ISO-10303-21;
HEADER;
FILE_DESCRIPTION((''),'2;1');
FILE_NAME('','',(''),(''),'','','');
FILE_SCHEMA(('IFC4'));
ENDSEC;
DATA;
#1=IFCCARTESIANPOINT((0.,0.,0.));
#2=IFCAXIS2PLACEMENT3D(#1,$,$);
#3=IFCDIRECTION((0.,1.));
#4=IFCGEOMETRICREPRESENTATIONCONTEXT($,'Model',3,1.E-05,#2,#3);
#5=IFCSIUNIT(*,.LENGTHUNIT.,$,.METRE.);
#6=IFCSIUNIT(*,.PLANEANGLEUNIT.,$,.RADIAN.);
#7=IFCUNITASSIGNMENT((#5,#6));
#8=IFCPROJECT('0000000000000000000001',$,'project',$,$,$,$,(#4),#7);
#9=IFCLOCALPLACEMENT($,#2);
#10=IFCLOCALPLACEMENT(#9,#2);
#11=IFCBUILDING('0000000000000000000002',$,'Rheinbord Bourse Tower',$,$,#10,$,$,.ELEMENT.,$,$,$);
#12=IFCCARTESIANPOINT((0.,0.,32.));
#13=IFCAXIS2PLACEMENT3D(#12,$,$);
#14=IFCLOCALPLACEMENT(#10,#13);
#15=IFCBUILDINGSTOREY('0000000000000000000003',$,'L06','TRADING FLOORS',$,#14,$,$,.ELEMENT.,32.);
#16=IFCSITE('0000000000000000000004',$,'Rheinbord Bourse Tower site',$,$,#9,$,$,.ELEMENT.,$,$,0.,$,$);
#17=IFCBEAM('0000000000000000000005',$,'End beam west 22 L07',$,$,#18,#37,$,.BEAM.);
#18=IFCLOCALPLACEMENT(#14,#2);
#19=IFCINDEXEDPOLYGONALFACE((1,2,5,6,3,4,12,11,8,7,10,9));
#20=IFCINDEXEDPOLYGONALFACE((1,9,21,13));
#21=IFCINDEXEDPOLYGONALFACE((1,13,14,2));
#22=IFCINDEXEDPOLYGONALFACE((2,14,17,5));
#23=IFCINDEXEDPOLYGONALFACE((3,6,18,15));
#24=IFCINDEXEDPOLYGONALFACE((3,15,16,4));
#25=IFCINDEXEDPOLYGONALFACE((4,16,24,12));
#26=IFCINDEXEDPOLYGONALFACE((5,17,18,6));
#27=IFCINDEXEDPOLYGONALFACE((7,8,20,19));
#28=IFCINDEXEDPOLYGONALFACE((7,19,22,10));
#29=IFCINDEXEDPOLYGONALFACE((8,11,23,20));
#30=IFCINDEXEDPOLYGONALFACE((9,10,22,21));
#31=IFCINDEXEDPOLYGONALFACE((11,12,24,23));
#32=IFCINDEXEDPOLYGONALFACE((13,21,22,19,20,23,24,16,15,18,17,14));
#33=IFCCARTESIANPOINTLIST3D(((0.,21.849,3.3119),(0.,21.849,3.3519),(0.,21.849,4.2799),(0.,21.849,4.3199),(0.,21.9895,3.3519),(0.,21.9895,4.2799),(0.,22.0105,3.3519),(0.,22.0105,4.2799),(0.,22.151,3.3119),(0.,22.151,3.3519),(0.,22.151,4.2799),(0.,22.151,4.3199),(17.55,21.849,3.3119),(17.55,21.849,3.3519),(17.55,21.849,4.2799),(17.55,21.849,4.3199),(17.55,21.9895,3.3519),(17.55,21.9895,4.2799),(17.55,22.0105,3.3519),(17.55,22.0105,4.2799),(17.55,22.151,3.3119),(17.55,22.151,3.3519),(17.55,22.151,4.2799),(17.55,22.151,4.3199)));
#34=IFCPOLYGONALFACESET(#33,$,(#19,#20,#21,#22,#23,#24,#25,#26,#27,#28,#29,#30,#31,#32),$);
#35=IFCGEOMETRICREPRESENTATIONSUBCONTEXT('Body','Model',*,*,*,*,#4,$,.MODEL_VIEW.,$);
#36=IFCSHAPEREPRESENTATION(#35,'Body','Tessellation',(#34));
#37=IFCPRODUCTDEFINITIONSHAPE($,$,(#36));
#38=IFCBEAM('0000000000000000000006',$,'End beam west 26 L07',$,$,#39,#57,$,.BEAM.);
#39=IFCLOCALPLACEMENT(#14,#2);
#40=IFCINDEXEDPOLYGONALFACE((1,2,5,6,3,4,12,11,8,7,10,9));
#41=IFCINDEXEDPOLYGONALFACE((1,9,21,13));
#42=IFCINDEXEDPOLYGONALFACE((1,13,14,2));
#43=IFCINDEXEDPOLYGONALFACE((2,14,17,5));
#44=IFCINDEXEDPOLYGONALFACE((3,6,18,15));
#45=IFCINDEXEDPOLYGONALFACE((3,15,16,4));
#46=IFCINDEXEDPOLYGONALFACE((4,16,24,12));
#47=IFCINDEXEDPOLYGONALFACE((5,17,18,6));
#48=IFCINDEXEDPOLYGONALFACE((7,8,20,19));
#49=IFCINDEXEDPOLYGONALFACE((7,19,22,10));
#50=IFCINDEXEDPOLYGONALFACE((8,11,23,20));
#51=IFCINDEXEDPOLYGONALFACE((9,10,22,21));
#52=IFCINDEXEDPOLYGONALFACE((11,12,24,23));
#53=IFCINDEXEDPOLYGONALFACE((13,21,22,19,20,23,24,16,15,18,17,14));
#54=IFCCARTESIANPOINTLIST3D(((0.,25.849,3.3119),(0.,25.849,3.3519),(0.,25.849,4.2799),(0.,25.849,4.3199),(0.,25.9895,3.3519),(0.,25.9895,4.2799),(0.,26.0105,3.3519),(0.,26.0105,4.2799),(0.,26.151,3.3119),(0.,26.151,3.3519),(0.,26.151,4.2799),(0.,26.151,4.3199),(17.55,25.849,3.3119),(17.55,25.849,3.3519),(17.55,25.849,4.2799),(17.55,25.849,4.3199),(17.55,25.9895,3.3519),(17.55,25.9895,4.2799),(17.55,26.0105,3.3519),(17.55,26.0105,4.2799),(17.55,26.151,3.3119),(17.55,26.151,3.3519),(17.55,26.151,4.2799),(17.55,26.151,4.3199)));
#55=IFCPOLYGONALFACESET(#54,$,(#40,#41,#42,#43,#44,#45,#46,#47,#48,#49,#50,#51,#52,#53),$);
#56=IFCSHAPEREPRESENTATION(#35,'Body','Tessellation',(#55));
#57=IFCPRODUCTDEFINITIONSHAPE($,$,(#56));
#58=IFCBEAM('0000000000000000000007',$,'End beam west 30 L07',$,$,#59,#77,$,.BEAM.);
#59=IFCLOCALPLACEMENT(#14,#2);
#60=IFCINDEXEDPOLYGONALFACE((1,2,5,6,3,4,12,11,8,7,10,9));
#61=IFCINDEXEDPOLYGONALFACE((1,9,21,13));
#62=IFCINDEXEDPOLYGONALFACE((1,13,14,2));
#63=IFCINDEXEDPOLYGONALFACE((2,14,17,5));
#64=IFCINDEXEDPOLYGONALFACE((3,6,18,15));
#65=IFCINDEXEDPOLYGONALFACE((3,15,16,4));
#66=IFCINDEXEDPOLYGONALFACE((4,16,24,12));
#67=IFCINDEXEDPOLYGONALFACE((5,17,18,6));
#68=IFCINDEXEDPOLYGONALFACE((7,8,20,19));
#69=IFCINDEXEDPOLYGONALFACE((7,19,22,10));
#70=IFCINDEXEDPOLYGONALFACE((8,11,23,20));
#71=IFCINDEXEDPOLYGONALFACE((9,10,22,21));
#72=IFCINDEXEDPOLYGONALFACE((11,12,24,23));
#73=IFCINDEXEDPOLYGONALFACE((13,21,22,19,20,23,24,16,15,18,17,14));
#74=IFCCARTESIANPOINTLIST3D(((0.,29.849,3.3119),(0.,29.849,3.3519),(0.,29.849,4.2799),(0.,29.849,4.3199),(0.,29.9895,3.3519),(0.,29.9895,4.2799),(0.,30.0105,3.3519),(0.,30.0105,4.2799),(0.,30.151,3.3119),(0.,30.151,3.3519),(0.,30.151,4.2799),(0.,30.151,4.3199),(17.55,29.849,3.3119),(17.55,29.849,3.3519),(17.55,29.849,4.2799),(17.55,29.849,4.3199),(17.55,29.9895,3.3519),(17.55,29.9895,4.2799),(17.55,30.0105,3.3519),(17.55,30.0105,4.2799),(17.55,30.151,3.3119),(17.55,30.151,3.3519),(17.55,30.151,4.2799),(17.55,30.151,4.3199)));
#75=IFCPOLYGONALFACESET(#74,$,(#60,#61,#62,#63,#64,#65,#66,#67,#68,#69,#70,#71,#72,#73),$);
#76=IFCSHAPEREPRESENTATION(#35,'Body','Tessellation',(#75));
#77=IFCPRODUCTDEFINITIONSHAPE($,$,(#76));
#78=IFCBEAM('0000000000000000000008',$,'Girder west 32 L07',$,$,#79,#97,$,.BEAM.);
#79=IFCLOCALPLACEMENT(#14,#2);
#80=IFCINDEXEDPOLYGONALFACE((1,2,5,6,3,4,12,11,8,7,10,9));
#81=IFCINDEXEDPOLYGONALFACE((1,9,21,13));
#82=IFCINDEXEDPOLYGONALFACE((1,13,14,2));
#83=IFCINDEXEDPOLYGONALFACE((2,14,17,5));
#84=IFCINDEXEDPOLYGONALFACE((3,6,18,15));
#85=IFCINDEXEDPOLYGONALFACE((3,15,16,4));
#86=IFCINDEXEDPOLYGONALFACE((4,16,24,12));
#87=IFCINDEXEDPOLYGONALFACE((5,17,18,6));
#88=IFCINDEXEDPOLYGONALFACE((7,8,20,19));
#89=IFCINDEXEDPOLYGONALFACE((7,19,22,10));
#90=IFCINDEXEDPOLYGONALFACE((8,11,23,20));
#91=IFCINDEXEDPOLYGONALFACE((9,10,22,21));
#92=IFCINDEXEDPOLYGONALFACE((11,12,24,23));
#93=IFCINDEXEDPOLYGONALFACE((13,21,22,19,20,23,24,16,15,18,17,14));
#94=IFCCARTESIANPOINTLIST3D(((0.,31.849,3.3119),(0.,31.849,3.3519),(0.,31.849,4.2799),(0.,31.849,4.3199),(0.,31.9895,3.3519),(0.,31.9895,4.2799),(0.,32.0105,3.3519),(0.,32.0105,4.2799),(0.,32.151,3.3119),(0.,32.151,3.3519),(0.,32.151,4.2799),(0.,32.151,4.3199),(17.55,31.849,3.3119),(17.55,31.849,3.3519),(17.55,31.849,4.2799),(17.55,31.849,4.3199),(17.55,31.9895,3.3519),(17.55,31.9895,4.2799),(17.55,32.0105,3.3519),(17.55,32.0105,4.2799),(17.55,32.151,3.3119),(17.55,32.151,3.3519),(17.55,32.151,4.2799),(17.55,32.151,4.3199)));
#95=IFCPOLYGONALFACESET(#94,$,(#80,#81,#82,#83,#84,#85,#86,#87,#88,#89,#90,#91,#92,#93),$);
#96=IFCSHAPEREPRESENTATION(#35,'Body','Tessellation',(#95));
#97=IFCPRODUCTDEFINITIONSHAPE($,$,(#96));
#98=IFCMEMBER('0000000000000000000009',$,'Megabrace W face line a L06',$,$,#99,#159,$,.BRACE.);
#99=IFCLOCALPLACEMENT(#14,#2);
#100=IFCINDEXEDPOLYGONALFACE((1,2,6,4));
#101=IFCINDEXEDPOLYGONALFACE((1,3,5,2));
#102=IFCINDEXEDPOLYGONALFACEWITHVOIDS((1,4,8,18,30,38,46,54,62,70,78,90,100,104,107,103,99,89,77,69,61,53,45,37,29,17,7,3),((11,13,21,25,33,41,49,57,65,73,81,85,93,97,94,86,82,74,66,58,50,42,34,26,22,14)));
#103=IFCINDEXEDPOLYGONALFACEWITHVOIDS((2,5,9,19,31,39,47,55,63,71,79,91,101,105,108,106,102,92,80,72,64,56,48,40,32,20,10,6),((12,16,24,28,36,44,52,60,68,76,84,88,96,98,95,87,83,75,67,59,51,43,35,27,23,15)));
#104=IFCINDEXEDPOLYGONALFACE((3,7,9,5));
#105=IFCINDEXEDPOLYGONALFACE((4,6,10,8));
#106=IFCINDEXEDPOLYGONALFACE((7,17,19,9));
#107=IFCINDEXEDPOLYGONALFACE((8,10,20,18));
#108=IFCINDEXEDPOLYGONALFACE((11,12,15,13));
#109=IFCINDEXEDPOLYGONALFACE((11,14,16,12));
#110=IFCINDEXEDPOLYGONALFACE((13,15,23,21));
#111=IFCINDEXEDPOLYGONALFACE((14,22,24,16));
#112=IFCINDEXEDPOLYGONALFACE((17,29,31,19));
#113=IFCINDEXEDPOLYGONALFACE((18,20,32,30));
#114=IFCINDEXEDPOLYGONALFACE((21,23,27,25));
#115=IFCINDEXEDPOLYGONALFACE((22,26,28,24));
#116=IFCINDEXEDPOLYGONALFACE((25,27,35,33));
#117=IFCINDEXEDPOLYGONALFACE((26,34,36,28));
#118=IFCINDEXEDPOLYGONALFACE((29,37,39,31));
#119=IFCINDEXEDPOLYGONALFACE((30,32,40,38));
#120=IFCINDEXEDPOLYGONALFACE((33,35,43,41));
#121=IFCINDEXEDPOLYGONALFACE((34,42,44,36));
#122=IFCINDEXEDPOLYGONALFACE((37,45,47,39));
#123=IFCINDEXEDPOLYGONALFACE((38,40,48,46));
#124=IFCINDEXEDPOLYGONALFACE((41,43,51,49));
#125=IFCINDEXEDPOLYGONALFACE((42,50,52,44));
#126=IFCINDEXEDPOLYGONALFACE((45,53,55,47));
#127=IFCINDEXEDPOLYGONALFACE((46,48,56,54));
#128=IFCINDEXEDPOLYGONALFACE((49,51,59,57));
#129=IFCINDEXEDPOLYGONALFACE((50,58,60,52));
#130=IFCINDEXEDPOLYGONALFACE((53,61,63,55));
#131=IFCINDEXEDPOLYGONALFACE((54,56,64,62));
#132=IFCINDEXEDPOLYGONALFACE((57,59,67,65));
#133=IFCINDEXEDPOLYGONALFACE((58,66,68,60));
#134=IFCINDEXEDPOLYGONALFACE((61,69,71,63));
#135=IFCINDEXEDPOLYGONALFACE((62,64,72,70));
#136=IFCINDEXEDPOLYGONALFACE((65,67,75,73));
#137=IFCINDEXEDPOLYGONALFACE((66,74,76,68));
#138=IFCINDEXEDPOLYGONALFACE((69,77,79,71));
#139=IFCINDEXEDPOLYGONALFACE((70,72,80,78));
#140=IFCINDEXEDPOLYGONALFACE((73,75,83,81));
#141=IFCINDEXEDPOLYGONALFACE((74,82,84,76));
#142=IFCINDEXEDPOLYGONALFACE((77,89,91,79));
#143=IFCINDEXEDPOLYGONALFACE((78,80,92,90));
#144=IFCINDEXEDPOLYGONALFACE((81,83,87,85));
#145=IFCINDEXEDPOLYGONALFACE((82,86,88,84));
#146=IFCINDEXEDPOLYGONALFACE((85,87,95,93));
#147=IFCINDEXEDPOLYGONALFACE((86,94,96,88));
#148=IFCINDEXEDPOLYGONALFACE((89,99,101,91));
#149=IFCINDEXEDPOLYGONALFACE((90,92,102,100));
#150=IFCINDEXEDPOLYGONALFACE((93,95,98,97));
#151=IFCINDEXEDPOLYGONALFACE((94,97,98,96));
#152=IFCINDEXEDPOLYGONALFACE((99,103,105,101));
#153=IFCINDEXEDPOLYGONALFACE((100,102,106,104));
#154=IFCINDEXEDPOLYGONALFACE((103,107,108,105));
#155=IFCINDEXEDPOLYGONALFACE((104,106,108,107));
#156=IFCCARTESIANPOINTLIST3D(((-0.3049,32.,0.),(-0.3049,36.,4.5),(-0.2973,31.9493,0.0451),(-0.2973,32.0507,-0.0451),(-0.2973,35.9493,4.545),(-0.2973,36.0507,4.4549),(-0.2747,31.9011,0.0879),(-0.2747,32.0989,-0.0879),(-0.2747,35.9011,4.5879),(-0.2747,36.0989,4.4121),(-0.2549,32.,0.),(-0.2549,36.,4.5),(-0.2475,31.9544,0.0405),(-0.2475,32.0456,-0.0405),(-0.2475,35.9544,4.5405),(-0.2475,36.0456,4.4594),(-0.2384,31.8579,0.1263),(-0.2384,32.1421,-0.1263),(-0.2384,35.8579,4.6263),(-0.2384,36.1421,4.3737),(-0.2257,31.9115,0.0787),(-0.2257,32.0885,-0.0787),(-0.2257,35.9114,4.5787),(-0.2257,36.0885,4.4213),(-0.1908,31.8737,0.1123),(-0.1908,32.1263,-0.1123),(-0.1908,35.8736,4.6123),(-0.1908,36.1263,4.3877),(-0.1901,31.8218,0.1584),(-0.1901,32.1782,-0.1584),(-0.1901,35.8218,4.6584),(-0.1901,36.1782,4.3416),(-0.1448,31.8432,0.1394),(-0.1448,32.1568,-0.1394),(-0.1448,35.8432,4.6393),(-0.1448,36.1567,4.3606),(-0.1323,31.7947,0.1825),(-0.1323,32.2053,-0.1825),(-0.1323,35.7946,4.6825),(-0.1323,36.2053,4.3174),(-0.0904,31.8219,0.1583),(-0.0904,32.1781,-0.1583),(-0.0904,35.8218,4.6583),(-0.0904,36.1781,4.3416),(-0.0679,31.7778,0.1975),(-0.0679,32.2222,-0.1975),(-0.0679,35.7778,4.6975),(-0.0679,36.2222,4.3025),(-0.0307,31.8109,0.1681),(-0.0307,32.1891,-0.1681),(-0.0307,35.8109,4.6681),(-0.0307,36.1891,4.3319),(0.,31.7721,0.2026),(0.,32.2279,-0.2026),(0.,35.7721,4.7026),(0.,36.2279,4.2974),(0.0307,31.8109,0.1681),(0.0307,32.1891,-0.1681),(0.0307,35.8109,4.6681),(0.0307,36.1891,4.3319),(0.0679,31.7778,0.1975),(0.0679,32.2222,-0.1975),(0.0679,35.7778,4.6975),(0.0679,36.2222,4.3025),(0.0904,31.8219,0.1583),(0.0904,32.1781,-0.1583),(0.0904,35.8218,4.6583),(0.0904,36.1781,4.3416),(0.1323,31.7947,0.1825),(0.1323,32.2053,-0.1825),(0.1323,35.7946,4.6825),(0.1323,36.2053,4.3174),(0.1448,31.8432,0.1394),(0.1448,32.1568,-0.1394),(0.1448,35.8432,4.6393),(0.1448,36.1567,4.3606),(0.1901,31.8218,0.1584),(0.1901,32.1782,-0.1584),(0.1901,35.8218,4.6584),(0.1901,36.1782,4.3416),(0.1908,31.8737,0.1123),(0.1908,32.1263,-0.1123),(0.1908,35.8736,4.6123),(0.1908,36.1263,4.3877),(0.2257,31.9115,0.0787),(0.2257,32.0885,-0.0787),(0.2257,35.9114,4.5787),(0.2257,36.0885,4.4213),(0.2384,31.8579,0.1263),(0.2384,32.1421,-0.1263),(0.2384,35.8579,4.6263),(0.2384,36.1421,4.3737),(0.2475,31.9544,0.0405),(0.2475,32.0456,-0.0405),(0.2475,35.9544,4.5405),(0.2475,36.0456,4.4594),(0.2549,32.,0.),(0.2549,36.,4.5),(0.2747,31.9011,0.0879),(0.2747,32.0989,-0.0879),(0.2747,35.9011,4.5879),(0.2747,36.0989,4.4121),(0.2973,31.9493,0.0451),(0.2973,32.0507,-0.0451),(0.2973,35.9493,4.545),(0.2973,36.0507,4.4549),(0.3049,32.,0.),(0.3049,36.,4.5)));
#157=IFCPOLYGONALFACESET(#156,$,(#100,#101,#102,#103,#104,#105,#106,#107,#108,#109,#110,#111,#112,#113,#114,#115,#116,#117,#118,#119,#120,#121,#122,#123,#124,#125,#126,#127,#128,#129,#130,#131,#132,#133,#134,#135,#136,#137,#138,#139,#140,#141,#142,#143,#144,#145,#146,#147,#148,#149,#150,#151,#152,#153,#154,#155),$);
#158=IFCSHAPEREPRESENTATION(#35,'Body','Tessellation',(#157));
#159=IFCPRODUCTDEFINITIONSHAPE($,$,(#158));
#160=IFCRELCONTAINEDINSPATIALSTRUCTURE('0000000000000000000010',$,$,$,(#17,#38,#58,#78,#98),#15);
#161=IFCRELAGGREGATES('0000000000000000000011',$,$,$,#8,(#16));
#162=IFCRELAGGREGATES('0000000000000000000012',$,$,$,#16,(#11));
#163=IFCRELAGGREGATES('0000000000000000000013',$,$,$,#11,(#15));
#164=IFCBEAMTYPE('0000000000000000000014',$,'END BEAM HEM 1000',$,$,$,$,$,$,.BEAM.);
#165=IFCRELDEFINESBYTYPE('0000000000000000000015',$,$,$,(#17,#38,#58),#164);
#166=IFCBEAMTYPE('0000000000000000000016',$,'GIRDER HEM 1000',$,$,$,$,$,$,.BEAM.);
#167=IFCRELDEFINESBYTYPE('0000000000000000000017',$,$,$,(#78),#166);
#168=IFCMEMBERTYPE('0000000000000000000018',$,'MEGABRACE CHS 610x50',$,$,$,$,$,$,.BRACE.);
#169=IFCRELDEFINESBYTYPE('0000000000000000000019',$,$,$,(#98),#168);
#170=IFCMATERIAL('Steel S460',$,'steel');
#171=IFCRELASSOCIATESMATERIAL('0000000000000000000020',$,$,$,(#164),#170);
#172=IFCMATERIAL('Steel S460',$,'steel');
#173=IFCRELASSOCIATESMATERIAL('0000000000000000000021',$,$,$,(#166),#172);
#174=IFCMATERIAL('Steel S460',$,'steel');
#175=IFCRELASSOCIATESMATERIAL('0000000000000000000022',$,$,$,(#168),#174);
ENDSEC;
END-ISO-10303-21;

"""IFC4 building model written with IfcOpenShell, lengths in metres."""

from ifc_helpers import new_model, si_unit, direction, frame, origin, origin_2d, place, context, subcontext, project, spatial, hollow_circle, i_section, extrude, material, material_profile, profile_set, type_object, element, save


model = new_model("IFC4")

# Units and contexts
model_context = context("Model", 3, precision=1e-05, world=origin(), true_north=direction((0.0, 1.0)))
body_context = subcontext(model_context, "Body", "Model", "MODEL_VIEW")
ifc_project = project(units=[si_unit("LENGTHUNIT", "METRE"), si_unit("PLANEANGLEUNIT", "RADIAN")], contexts=[model_context])

# Site, building, storey
site_placement = place(None, origin())
site = spatial("IfcSite", under=ifc_project, at=site_placement, Name="Rheinbord Bourse Tower site", CompositionType="ELEMENT", RefElevation=0.0)
building_placement = place(site_placement, origin())
building = spatial("IfcBuilding", under=site, at=building_placement, Name="Rheinbord Bourse Tower", CompositionType="ELEMENT")
storey_placement = place(building_placement, frame((0.0, 0.0, 32.0)))
storey = spatial("IfcBuildingStorey", under=building, at=storey_placement, Name="L06", Description="TRADING FLOORS", CompositionType="ELEMENT", Elevation=32.0)

# Beams
ifc_material_1 = material(Name="Steel S460", Category="steel")
ifc_material_profile_1 = material_profile(ifc_material_1, i_section(OverallWidth=0.302, OverallDepth=1.0081, WebThickness=0.021, FlangeThickness=0.04, at=origin_2d()), Name="HEM 1000")
ifc_profile_set_1 = profile_set([ifc_material_profile_1], Name="Steel S460")
beam_type_1 = type_object("IfcBeamType", Name="END BEAM HEM 1000", PredefinedType="BEAM", material=ifc_profile_set_1)
for number, where, z_axis, x_axis, name in (
    (1, (0.0, 22.0, 3.8159), (1.0, 0.0, 0.0), (0.0, 1.0, 0.0), "End beam west 22 L07"),
    (2, (0.0, 26.0, 3.8159), (1.0, 0.0, 0.0), (0.0, 1.0, 0.0), "End beam west 26 L07"),
    (3, (0.0, 30.0, 3.8159), (1.0, 0.0, 0.0), (0.0, 1.0, 0.0), "End beam west 30 L07"),
):
    element("IfcBeam", number, at=place(storey_placement, frame(where, z_axis=z_axis, x_axis=x_axis)), inside=storey, type_object=beam_type_1, Name=name, PredefinedType="BEAM", context=body_context, shape_type="SweptSolid", body=[
        extrude(i_section(OverallWidth=0.302, OverallDepth=1.0081, WebThickness=0.021, FlangeThickness=0.04, at=origin_2d()), origin(), (0.0, 0.0, 1.0), 17.55),
    ])
ifc_material_2 = material(Name="Steel S460", Category="steel")
ifc_material_profile_2 = material_profile(ifc_material_2, i_section(OverallWidth=0.302, OverallDepth=1.0081, WebThickness=0.021, FlangeThickness=0.04, at=origin_2d()), Name="HEM 1000")
ifc_profile_set_2 = profile_set([ifc_material_profile_2], Name="Steel S460")
beam_type_2 = type_object("IfcBeamType", Name="GIRDER HEM 1000", PredefinedType="BEAM", material=ifc_profile_set_2)
beam_placement = place(storey_placement, frame((0.0, 32.0, 3.8159), z_axis=(1.0, 0.0, 0.0), x_axis=(0.0, 1.0, 0.0)))
element("IfcBeam", 4, at=beam_placement, inside=storey, type_object=beam_type_2, Name="Girder west 32 L07", PredefinedType="BEAM", context=body_context, shape_type="SweptSolid", body=[
    extrude(i_section(OverallWidth=0.302, OverallDepth=1.0081, WebThickness=0.021, FlangeThickness=0.04, at=origin_2d()), origin(), (0.0, 0.0, 1.0), 17.55),
])

# Member
ifc_material_3 = material(Name="Steel S460", Category="steel")
ifc_material_profile_3 = material_profile(ifc_material_3, hollow_circle(Radius=0.3049, WallThickness=0.05, at=origin_2d()), Name="CHS 610x50")
ifc_profile_set_3 = profile_set([ifc_material_profile_3], Name="Steel S460")
member_type_1 = type_object("IfcMemberType", Name="MEGABRACE CHS 610x50", PredefinedType="BRACE", material=ifc_profile_set_3)
for number, where, z_axis, x_axis, name in (
    (5, (0.0, 32.0, 0.0), (0.0, 0.664364, 0.747409), (-1.0, 0.0, 0.0), "Megabrace W face line a L06"),
):
    element("IfcMember", number, at=place(storey_placement, frame(where, z_axis=z_axis, x_axis=x_axis)), inside=storey, type_object=member_type_1, Name=name, PredefinedType="BRACE", context=body_context, shape_type="SweptSolid", body=[
        extrude(hollow_circle(Radius=0.3049, WallThickness=0.05, at=origin_2d()), origin(), (0.0, 0.0, 1.0), 6.0208),
    ])

save(model, "model.ifc")
